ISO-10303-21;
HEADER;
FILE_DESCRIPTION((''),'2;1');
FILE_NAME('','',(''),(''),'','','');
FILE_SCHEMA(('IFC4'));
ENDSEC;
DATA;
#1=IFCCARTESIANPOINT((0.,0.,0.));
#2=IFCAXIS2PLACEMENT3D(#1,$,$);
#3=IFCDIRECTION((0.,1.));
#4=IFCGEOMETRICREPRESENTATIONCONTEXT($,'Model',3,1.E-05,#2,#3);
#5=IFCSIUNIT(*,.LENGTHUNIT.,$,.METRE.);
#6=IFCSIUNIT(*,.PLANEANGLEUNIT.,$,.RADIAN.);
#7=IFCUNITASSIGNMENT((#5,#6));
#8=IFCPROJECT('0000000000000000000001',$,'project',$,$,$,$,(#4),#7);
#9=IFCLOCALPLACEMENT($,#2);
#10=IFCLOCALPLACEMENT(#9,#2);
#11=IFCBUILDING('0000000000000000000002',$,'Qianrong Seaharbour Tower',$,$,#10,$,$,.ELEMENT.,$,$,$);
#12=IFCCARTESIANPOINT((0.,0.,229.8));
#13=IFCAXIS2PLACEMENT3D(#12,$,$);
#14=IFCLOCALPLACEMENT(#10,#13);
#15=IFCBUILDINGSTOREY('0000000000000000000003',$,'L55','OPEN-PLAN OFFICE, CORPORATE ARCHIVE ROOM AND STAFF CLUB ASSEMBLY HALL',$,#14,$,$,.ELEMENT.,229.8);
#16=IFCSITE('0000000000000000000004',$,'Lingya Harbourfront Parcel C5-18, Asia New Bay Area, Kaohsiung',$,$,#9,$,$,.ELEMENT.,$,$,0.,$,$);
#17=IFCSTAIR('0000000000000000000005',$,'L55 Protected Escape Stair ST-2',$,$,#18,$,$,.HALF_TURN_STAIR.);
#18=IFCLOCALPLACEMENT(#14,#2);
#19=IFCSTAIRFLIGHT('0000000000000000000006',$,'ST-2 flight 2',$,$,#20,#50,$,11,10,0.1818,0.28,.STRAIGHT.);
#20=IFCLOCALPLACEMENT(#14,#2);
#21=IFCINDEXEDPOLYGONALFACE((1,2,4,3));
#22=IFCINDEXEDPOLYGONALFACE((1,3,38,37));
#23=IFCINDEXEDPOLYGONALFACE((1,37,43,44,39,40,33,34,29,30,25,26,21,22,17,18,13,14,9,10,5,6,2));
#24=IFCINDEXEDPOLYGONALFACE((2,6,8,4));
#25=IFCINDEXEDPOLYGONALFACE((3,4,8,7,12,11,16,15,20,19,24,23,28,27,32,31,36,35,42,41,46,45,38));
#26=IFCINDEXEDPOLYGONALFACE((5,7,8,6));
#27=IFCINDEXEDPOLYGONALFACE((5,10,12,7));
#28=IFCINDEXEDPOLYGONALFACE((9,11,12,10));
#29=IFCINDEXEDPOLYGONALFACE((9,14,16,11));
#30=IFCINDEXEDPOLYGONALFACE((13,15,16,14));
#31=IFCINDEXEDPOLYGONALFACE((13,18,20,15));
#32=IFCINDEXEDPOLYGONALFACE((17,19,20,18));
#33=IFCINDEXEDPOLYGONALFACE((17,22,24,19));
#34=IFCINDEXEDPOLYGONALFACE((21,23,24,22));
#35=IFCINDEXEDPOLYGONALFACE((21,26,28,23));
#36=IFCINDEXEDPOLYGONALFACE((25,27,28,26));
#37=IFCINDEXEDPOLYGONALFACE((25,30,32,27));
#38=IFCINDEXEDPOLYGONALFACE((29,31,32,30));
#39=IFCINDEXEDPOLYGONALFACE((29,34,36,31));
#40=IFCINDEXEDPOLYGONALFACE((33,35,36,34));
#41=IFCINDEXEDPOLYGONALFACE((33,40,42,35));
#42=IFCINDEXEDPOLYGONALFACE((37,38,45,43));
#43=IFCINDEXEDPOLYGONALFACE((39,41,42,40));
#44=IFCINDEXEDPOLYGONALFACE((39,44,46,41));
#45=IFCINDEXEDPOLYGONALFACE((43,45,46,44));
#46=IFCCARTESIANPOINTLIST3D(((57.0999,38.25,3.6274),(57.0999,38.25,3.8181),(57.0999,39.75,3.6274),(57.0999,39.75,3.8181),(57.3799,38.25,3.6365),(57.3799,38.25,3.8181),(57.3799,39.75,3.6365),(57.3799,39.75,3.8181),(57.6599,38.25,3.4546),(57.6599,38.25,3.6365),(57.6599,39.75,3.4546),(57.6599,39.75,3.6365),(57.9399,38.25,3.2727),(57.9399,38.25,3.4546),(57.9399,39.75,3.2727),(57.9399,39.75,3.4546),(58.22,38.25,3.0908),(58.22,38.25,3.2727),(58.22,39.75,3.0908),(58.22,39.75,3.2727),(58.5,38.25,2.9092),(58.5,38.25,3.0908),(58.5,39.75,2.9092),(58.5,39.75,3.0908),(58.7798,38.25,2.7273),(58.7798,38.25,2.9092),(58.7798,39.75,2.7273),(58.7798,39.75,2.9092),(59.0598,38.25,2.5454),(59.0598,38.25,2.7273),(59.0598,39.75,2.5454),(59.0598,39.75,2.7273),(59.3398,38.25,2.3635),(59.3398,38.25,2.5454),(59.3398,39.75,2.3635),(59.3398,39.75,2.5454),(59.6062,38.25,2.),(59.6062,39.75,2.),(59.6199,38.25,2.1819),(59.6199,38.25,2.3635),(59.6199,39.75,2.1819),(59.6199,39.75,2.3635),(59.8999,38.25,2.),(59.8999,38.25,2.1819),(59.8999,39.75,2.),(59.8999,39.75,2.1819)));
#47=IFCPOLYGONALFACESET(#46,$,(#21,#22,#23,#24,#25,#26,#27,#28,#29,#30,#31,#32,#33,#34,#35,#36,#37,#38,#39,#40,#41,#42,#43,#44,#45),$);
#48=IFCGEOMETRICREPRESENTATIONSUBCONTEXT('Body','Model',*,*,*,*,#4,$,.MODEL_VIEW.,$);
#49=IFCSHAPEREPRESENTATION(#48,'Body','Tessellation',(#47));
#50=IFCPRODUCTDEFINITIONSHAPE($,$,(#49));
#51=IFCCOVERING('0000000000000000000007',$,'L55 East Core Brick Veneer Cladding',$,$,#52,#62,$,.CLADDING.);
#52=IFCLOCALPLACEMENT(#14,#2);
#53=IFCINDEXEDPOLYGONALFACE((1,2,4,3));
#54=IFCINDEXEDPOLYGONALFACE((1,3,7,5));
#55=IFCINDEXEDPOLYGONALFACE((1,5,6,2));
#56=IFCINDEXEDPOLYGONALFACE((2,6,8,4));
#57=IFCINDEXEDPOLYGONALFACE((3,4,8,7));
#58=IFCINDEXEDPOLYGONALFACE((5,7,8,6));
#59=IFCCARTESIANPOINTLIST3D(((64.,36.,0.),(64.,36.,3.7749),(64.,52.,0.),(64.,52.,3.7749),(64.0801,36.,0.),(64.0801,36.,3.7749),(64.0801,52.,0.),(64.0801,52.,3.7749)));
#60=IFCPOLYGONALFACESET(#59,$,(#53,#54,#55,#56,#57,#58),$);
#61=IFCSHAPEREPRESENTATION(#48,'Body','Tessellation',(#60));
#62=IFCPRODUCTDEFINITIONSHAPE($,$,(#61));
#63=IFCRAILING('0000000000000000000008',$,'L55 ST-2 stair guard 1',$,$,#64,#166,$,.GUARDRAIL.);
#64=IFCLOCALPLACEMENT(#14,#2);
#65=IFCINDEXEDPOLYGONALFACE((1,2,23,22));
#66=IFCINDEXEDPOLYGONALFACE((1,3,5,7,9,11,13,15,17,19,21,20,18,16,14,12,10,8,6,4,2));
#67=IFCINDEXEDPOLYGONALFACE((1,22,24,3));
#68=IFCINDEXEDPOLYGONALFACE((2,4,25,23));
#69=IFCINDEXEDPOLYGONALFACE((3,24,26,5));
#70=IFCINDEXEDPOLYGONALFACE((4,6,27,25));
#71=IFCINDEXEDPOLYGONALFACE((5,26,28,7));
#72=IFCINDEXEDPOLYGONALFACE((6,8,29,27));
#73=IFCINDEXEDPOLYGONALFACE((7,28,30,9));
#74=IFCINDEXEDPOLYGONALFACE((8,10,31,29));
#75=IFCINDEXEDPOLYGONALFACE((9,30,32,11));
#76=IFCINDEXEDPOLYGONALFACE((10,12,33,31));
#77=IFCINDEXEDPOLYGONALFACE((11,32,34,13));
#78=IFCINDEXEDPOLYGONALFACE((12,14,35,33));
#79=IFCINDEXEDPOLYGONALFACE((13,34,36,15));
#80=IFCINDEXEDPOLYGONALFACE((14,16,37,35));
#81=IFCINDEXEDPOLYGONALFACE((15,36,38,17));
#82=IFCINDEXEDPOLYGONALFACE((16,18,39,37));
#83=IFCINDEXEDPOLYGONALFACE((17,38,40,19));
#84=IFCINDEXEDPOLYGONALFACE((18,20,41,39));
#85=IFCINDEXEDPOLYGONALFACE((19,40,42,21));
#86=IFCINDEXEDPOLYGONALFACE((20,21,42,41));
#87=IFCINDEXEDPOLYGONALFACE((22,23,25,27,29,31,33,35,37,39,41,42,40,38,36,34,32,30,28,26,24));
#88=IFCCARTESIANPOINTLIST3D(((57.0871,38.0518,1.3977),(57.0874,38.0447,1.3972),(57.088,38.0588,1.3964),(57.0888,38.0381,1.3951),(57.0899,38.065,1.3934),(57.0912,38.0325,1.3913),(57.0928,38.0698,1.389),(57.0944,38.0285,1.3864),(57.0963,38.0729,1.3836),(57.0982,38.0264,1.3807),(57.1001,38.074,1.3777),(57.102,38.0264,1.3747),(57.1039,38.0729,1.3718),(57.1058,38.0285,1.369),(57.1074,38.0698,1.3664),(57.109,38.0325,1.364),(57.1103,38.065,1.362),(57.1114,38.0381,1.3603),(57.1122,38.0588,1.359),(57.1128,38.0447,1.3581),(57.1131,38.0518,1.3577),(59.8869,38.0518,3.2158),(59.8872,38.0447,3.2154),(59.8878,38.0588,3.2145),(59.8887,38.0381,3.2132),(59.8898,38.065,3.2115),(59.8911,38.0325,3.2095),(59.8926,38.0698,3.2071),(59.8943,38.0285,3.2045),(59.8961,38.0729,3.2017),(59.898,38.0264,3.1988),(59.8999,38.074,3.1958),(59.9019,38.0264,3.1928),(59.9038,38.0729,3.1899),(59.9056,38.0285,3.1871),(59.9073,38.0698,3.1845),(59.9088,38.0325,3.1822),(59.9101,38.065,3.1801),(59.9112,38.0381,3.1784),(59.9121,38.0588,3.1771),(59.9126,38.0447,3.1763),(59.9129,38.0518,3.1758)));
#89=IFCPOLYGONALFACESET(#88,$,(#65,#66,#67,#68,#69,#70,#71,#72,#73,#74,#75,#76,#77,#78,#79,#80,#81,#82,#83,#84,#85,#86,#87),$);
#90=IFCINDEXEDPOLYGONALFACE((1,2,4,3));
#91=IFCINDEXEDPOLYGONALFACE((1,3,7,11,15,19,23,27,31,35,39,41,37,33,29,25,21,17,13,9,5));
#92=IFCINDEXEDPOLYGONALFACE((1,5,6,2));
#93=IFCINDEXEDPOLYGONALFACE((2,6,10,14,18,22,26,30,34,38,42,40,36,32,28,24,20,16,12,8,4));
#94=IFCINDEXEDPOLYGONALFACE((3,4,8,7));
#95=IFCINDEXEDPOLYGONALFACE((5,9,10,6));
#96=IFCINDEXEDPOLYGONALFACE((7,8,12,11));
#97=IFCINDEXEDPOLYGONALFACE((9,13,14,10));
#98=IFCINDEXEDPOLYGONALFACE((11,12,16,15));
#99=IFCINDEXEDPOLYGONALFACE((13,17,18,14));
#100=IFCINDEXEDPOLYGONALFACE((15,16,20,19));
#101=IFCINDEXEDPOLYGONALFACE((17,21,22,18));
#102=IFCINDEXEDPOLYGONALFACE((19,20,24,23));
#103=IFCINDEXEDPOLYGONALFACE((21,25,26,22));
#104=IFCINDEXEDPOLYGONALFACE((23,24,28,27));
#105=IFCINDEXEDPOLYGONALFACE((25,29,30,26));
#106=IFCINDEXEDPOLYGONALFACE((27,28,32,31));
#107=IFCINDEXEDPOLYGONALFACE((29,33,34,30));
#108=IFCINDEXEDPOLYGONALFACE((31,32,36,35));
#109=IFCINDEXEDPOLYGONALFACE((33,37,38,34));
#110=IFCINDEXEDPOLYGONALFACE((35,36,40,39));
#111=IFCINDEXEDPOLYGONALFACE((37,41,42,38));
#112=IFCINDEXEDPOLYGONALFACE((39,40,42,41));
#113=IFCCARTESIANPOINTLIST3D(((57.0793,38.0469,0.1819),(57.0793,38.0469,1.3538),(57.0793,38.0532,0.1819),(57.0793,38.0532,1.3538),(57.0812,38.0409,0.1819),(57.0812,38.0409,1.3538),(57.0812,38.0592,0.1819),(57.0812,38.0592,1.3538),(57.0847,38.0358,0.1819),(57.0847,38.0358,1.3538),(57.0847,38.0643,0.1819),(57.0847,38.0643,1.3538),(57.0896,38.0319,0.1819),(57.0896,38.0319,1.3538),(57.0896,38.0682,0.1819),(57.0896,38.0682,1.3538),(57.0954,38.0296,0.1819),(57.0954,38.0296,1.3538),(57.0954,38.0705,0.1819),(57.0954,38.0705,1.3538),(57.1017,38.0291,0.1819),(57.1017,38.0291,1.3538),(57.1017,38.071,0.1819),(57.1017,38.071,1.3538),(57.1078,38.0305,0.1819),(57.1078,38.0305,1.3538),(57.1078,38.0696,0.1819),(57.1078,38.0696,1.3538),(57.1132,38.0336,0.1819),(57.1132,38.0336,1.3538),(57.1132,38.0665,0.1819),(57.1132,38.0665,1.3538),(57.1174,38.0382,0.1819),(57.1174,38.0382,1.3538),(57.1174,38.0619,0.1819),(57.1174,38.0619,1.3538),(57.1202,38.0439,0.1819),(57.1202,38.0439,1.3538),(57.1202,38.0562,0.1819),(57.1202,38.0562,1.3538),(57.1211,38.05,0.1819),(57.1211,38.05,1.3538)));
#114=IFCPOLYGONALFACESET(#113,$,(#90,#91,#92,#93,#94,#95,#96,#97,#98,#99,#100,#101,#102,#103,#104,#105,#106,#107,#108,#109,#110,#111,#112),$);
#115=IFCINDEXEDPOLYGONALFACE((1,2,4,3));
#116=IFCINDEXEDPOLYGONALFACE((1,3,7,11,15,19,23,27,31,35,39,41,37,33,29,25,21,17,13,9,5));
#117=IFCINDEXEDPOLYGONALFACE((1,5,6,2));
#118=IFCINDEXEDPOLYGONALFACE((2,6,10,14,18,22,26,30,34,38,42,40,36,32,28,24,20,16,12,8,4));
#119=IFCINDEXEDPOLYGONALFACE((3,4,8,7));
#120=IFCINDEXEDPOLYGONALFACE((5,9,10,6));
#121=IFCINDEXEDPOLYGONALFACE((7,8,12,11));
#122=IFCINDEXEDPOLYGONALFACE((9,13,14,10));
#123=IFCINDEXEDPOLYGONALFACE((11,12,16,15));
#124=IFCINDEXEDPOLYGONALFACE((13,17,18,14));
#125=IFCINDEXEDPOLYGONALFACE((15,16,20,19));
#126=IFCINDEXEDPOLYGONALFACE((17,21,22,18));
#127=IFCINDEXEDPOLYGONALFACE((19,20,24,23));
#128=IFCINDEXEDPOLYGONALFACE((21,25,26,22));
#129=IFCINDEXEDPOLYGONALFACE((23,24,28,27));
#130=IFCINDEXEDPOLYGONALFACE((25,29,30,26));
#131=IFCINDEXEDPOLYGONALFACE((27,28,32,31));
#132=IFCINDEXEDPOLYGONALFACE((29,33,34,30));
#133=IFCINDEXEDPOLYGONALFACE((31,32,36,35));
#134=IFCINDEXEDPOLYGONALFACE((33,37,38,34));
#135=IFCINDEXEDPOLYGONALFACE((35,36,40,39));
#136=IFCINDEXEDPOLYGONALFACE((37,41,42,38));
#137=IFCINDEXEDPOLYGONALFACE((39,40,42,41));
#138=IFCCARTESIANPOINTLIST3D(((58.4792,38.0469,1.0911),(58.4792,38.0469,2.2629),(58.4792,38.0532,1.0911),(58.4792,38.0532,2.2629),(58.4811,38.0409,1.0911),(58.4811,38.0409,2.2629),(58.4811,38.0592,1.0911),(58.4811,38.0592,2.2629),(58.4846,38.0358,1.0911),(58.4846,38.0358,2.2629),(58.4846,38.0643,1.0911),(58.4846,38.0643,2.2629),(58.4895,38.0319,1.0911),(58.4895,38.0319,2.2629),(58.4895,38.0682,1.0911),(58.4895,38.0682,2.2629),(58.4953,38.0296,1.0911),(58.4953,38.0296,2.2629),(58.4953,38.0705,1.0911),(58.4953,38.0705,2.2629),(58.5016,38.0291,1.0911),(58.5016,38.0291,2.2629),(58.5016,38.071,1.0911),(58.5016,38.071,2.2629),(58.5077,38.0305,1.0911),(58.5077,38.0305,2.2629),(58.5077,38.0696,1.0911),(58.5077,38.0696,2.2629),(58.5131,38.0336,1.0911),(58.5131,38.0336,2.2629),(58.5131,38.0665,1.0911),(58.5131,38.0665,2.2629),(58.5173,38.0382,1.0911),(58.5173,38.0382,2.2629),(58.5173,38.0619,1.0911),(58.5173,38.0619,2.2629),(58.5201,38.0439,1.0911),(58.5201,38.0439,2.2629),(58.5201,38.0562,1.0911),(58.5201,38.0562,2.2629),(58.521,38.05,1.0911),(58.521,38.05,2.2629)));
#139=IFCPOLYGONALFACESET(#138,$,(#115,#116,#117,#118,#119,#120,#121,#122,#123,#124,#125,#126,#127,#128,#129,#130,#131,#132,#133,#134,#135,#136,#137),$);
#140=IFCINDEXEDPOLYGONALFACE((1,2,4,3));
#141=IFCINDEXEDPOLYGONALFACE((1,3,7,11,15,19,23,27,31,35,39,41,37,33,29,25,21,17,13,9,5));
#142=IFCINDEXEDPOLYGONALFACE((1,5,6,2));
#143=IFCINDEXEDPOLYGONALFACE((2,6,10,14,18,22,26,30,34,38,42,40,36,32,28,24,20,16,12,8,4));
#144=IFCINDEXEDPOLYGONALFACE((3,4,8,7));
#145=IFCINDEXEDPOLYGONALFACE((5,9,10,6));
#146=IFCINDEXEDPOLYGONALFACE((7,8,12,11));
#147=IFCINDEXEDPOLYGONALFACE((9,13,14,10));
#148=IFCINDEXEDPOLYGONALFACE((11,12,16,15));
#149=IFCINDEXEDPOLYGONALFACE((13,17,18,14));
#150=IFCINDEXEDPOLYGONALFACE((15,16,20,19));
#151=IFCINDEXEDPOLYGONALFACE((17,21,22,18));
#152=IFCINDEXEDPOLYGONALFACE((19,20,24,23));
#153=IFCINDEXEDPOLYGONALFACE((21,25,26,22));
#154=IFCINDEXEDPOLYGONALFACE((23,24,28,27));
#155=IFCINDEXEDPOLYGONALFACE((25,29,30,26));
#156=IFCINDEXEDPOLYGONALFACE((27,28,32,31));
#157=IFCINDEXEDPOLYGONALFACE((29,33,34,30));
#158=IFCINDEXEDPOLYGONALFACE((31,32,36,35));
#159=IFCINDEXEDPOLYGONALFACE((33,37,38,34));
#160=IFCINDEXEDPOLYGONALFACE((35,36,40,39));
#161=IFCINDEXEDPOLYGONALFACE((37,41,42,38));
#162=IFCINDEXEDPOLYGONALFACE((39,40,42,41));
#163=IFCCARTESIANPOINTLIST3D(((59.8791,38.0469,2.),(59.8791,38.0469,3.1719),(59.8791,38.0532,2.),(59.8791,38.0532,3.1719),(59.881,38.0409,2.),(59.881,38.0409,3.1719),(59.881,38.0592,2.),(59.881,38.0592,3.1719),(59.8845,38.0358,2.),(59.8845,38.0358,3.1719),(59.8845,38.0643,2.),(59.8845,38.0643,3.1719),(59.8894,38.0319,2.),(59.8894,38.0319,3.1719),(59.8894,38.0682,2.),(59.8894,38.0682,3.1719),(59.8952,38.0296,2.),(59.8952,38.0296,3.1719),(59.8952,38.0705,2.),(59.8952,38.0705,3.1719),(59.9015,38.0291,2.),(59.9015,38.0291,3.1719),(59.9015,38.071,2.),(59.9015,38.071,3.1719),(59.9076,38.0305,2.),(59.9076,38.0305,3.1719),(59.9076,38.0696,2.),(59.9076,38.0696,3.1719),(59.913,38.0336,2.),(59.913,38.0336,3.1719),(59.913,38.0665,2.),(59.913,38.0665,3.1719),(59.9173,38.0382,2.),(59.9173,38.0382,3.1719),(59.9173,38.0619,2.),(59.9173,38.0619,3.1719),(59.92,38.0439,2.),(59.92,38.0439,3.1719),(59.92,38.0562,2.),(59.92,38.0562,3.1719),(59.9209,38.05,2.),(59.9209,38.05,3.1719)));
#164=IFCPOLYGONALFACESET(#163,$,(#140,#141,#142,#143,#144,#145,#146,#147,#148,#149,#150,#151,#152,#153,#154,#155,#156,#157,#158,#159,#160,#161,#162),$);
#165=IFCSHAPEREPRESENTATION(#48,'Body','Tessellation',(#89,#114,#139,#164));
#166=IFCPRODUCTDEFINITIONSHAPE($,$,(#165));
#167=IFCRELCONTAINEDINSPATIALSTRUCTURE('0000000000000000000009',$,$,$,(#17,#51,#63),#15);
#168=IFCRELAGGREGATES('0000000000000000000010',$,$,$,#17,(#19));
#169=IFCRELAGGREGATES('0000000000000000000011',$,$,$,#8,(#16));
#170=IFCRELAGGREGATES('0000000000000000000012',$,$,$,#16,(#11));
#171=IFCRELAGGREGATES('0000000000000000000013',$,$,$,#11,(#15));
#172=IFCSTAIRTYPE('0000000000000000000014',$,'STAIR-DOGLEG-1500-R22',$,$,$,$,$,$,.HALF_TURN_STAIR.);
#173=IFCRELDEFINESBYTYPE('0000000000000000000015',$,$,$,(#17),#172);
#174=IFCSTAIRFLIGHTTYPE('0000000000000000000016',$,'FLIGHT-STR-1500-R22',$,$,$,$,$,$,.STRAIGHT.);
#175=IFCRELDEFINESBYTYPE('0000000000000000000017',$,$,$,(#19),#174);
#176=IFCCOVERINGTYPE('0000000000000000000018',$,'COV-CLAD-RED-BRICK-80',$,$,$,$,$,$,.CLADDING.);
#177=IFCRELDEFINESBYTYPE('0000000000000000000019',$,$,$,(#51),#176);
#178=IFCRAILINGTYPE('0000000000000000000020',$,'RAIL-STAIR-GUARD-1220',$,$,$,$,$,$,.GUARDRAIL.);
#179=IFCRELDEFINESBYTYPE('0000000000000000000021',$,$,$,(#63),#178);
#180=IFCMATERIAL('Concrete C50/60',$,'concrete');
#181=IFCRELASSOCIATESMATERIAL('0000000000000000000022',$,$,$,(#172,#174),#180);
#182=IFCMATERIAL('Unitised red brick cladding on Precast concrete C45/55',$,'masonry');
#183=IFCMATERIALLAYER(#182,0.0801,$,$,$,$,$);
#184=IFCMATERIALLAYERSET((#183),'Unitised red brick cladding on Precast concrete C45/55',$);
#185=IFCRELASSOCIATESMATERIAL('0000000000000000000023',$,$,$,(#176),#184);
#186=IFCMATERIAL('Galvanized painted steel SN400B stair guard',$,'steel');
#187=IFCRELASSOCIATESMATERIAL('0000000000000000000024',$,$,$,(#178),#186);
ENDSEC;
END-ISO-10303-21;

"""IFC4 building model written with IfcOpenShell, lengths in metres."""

from ifc_helpers import new_model, si_unit, direction, frame, origin, origin_2d, place, context, subcontext, project, spatial, polyline, rectangle, circle, outline, extrude, material, layer, layer_set, type_object, element, aggregate, save


model = new_model("IFC4")

# Units and contexts
model_context = context("Model", 3, precision=1e-05, world=origin(), true_north=direction((0.0, 1.0)))
body_context = subcontext(model_context, "Body", "Model", "MODEL_VIEW")
ifc_project = project(units=[si_unit("LENGTHUNIT", "METRE"), si_unit("PLANEANGLEUNIT", "RADIAN")], contexts=[model_context])

# Site, building, storey
site_placement = place(None, origin())
site = spatial("IfcSite", under=ifc_project, at=site_placement, Name="Lingya Harbourfront Parcel C5-18, Asia New Bay Area, Kaohsiung", CompositionType="ELEMENT", RefElevation=0.0)
building_placement = place(site_placement, origin())
building = spatial("IfcBuilding", under=site, at=building_placement, Name="Qianrong Seaharbour Tower", CompositionType="ELEMENT")
storey_placement = place(building_placement, frame((0.0, 0.0, 229.8)))
storey = spatial("IfcBuildingStorey", under=building, at=storey_placement, Name="L55", Description="OPEN-PLAN OFFICE, CORPORATE ARCHIVE ROOM AND STAFF CLUB ASSEMBLY HALL", CompositionType="ELEMENT", Elevation=229.8)

# Shared definitions
ifc_material_1 = material(Name="Concrete C50/60", Category="concrete")

# Stair, stair flight
stair_type = type_object("IfcStairType", Name="STAIR-DOGLEG-1500-R22", PredefinedType="HALF_TURN_STAIR", material=ifc_material_1)
stair_placement = place(storey_placement, origin())
stair = element("IfcStair", 1, at=stair_placement, inside=storey, type_object=stair_type, Name="L55 Protected Escape Stair ST-2", PredefinedType="HALF_TURN_STAIR")
stair_flight_type = type_object("IfcStairFlightType", Name="FLIGHT-STR-1500-R22", PredefinedType="STRAIGHT", material=ifc_material_1)
stair_flight_1_placement = place(storey_placement, frame((59.8999, 39.0, 2.0), z_axis=(0.0, 0.0, 1.0), x_axis=(-1.0, 0.0, 0.0)))
stair_flight_1 = element("IfcStairFlight", 2, at=stair_flight_1_placement, type_object=stair_flight_type, Name="ST-2 flight 2", NumberOfRisers=11, NumberOfTreads=10, PredefinedType="STRAIGHT", RiserHeight=0.1818, TreadLength=0.28, context=body_context, shape_type="SweptSolid", body=[
    extrude(outline(polyline([(0.0, 0.0), (0.0, 0.1819), (0.28, 0.1819), (0.28, 0.3635), (0.5601, 0.3635), (0.5601, 0.5454), (0.8401, 0.5454), (0.8401, 0.7273), (1.1201, 0.7273), (1.1201, 0.9092), (1.3999, 0.9092), (1.3999, 1.0908), (1.6799, 1.0908), (1.6799, 1.2727), (1.96, 1.2727), (1.96, 1.4546), (2.24, 1.4546), (2.24, 1.6365), (2.52, 1.6365), (2.52, 1.8181), (2.8, 1.8181), (2.8, 2.0), (2.8, 1.6274), (0.2937, 0.0), (0.0, 0.0)])), frame((0.0, 0.75, 0.0), z_axis=(0.0, -1.0, 0.0), x_axis=(1.0, 0.0, 0.0)), (0.0, 0.0, 1.0), 1.5),
])
aggregate(stair, [stair_flight_1])

# Covering
ifc_material_2 = material(Name="Unitised red brick cladding on Precast concrete C45/55", Category="masonry")
ifc_layer_1 = layer(ifc_material_2, 0.0801)
ifc_layer_set_1 = layer_set([ifc_layer_1], Name="Unitised red brick cladding on Precast concrete C45/55")
covering_type = type_object("IfcCoveringType", Name="COV-CLAD-RED-BRICK-80", PredefinedType="CLADDING", material=ifc_layer_set_1)
covering_placement = place(storey_placement, frame((64.04, 44.0, 0.0), z_axis=(0.0, 0.0, 1.0), x_axis=(1.0, 0.0, 0.0)))
element("IfcCovering", 3, at=covering_placement, inside=storey, type_object=covering_type, Name="L55 East Core Brick Veneer Cladding", PredefinedType="CLADDING", context=body_context, shape_type="SweptSolid", body=[
    extrude(rectangle(XDim=0.0801, YDim=16.0, at=origin_2d()), origin(), (0.0, 0.0, 1.0), 3.7749),
])

# Railing
ifc_material_3 = material(Name="Galvanized painted steel SN400B stair guard", Category="steel")
railing_type_1 = type_object("IfcRailingType", Name="RAIL-STAIR-GUARD-1220", PredefinedType="GUARDRAIL", material=ifc_material_3)
railing_1_placement = place(storey_placement, frame((57.1001, 38.05, 0.1819)))
element("IfcRailing", 4, at=railing_1_placement, inside=storey, type_object=railing_type_1, Name="L55 ST-2 stair guard 1", PredefinedType="GUARDRAIL", context=body_context, shape_type="SweptSolid", body=[
    extrude(circle(Radius=0.0239, at=origin_2d()), frame((0.0, 0.0, 1.1958), z_axis=(0.838684, 0.0, 0.544618), x_axis=(0.0, 1.0, 0.0)), (0.0, 0.0, 1.0), 3.3384),
    extrude(circle(Radius=0.021, at=origin_2d()), origin(), (0.0, 0.0, 1.0), 1.1719),
    extrude(circle(Radius=0.021, at=origin_2d()), frame((1.3999, 0.0, 0.9092)), (0.0, 0.0, 1.0), 1.1719),
    extrude(circle(Radius=0.021, at=origin_2d()), frame((2.7998, 0.0, 1.8181)), (0.0, 0.0, 1.0), 1.1719),
])

save(model, "model.ifc")
